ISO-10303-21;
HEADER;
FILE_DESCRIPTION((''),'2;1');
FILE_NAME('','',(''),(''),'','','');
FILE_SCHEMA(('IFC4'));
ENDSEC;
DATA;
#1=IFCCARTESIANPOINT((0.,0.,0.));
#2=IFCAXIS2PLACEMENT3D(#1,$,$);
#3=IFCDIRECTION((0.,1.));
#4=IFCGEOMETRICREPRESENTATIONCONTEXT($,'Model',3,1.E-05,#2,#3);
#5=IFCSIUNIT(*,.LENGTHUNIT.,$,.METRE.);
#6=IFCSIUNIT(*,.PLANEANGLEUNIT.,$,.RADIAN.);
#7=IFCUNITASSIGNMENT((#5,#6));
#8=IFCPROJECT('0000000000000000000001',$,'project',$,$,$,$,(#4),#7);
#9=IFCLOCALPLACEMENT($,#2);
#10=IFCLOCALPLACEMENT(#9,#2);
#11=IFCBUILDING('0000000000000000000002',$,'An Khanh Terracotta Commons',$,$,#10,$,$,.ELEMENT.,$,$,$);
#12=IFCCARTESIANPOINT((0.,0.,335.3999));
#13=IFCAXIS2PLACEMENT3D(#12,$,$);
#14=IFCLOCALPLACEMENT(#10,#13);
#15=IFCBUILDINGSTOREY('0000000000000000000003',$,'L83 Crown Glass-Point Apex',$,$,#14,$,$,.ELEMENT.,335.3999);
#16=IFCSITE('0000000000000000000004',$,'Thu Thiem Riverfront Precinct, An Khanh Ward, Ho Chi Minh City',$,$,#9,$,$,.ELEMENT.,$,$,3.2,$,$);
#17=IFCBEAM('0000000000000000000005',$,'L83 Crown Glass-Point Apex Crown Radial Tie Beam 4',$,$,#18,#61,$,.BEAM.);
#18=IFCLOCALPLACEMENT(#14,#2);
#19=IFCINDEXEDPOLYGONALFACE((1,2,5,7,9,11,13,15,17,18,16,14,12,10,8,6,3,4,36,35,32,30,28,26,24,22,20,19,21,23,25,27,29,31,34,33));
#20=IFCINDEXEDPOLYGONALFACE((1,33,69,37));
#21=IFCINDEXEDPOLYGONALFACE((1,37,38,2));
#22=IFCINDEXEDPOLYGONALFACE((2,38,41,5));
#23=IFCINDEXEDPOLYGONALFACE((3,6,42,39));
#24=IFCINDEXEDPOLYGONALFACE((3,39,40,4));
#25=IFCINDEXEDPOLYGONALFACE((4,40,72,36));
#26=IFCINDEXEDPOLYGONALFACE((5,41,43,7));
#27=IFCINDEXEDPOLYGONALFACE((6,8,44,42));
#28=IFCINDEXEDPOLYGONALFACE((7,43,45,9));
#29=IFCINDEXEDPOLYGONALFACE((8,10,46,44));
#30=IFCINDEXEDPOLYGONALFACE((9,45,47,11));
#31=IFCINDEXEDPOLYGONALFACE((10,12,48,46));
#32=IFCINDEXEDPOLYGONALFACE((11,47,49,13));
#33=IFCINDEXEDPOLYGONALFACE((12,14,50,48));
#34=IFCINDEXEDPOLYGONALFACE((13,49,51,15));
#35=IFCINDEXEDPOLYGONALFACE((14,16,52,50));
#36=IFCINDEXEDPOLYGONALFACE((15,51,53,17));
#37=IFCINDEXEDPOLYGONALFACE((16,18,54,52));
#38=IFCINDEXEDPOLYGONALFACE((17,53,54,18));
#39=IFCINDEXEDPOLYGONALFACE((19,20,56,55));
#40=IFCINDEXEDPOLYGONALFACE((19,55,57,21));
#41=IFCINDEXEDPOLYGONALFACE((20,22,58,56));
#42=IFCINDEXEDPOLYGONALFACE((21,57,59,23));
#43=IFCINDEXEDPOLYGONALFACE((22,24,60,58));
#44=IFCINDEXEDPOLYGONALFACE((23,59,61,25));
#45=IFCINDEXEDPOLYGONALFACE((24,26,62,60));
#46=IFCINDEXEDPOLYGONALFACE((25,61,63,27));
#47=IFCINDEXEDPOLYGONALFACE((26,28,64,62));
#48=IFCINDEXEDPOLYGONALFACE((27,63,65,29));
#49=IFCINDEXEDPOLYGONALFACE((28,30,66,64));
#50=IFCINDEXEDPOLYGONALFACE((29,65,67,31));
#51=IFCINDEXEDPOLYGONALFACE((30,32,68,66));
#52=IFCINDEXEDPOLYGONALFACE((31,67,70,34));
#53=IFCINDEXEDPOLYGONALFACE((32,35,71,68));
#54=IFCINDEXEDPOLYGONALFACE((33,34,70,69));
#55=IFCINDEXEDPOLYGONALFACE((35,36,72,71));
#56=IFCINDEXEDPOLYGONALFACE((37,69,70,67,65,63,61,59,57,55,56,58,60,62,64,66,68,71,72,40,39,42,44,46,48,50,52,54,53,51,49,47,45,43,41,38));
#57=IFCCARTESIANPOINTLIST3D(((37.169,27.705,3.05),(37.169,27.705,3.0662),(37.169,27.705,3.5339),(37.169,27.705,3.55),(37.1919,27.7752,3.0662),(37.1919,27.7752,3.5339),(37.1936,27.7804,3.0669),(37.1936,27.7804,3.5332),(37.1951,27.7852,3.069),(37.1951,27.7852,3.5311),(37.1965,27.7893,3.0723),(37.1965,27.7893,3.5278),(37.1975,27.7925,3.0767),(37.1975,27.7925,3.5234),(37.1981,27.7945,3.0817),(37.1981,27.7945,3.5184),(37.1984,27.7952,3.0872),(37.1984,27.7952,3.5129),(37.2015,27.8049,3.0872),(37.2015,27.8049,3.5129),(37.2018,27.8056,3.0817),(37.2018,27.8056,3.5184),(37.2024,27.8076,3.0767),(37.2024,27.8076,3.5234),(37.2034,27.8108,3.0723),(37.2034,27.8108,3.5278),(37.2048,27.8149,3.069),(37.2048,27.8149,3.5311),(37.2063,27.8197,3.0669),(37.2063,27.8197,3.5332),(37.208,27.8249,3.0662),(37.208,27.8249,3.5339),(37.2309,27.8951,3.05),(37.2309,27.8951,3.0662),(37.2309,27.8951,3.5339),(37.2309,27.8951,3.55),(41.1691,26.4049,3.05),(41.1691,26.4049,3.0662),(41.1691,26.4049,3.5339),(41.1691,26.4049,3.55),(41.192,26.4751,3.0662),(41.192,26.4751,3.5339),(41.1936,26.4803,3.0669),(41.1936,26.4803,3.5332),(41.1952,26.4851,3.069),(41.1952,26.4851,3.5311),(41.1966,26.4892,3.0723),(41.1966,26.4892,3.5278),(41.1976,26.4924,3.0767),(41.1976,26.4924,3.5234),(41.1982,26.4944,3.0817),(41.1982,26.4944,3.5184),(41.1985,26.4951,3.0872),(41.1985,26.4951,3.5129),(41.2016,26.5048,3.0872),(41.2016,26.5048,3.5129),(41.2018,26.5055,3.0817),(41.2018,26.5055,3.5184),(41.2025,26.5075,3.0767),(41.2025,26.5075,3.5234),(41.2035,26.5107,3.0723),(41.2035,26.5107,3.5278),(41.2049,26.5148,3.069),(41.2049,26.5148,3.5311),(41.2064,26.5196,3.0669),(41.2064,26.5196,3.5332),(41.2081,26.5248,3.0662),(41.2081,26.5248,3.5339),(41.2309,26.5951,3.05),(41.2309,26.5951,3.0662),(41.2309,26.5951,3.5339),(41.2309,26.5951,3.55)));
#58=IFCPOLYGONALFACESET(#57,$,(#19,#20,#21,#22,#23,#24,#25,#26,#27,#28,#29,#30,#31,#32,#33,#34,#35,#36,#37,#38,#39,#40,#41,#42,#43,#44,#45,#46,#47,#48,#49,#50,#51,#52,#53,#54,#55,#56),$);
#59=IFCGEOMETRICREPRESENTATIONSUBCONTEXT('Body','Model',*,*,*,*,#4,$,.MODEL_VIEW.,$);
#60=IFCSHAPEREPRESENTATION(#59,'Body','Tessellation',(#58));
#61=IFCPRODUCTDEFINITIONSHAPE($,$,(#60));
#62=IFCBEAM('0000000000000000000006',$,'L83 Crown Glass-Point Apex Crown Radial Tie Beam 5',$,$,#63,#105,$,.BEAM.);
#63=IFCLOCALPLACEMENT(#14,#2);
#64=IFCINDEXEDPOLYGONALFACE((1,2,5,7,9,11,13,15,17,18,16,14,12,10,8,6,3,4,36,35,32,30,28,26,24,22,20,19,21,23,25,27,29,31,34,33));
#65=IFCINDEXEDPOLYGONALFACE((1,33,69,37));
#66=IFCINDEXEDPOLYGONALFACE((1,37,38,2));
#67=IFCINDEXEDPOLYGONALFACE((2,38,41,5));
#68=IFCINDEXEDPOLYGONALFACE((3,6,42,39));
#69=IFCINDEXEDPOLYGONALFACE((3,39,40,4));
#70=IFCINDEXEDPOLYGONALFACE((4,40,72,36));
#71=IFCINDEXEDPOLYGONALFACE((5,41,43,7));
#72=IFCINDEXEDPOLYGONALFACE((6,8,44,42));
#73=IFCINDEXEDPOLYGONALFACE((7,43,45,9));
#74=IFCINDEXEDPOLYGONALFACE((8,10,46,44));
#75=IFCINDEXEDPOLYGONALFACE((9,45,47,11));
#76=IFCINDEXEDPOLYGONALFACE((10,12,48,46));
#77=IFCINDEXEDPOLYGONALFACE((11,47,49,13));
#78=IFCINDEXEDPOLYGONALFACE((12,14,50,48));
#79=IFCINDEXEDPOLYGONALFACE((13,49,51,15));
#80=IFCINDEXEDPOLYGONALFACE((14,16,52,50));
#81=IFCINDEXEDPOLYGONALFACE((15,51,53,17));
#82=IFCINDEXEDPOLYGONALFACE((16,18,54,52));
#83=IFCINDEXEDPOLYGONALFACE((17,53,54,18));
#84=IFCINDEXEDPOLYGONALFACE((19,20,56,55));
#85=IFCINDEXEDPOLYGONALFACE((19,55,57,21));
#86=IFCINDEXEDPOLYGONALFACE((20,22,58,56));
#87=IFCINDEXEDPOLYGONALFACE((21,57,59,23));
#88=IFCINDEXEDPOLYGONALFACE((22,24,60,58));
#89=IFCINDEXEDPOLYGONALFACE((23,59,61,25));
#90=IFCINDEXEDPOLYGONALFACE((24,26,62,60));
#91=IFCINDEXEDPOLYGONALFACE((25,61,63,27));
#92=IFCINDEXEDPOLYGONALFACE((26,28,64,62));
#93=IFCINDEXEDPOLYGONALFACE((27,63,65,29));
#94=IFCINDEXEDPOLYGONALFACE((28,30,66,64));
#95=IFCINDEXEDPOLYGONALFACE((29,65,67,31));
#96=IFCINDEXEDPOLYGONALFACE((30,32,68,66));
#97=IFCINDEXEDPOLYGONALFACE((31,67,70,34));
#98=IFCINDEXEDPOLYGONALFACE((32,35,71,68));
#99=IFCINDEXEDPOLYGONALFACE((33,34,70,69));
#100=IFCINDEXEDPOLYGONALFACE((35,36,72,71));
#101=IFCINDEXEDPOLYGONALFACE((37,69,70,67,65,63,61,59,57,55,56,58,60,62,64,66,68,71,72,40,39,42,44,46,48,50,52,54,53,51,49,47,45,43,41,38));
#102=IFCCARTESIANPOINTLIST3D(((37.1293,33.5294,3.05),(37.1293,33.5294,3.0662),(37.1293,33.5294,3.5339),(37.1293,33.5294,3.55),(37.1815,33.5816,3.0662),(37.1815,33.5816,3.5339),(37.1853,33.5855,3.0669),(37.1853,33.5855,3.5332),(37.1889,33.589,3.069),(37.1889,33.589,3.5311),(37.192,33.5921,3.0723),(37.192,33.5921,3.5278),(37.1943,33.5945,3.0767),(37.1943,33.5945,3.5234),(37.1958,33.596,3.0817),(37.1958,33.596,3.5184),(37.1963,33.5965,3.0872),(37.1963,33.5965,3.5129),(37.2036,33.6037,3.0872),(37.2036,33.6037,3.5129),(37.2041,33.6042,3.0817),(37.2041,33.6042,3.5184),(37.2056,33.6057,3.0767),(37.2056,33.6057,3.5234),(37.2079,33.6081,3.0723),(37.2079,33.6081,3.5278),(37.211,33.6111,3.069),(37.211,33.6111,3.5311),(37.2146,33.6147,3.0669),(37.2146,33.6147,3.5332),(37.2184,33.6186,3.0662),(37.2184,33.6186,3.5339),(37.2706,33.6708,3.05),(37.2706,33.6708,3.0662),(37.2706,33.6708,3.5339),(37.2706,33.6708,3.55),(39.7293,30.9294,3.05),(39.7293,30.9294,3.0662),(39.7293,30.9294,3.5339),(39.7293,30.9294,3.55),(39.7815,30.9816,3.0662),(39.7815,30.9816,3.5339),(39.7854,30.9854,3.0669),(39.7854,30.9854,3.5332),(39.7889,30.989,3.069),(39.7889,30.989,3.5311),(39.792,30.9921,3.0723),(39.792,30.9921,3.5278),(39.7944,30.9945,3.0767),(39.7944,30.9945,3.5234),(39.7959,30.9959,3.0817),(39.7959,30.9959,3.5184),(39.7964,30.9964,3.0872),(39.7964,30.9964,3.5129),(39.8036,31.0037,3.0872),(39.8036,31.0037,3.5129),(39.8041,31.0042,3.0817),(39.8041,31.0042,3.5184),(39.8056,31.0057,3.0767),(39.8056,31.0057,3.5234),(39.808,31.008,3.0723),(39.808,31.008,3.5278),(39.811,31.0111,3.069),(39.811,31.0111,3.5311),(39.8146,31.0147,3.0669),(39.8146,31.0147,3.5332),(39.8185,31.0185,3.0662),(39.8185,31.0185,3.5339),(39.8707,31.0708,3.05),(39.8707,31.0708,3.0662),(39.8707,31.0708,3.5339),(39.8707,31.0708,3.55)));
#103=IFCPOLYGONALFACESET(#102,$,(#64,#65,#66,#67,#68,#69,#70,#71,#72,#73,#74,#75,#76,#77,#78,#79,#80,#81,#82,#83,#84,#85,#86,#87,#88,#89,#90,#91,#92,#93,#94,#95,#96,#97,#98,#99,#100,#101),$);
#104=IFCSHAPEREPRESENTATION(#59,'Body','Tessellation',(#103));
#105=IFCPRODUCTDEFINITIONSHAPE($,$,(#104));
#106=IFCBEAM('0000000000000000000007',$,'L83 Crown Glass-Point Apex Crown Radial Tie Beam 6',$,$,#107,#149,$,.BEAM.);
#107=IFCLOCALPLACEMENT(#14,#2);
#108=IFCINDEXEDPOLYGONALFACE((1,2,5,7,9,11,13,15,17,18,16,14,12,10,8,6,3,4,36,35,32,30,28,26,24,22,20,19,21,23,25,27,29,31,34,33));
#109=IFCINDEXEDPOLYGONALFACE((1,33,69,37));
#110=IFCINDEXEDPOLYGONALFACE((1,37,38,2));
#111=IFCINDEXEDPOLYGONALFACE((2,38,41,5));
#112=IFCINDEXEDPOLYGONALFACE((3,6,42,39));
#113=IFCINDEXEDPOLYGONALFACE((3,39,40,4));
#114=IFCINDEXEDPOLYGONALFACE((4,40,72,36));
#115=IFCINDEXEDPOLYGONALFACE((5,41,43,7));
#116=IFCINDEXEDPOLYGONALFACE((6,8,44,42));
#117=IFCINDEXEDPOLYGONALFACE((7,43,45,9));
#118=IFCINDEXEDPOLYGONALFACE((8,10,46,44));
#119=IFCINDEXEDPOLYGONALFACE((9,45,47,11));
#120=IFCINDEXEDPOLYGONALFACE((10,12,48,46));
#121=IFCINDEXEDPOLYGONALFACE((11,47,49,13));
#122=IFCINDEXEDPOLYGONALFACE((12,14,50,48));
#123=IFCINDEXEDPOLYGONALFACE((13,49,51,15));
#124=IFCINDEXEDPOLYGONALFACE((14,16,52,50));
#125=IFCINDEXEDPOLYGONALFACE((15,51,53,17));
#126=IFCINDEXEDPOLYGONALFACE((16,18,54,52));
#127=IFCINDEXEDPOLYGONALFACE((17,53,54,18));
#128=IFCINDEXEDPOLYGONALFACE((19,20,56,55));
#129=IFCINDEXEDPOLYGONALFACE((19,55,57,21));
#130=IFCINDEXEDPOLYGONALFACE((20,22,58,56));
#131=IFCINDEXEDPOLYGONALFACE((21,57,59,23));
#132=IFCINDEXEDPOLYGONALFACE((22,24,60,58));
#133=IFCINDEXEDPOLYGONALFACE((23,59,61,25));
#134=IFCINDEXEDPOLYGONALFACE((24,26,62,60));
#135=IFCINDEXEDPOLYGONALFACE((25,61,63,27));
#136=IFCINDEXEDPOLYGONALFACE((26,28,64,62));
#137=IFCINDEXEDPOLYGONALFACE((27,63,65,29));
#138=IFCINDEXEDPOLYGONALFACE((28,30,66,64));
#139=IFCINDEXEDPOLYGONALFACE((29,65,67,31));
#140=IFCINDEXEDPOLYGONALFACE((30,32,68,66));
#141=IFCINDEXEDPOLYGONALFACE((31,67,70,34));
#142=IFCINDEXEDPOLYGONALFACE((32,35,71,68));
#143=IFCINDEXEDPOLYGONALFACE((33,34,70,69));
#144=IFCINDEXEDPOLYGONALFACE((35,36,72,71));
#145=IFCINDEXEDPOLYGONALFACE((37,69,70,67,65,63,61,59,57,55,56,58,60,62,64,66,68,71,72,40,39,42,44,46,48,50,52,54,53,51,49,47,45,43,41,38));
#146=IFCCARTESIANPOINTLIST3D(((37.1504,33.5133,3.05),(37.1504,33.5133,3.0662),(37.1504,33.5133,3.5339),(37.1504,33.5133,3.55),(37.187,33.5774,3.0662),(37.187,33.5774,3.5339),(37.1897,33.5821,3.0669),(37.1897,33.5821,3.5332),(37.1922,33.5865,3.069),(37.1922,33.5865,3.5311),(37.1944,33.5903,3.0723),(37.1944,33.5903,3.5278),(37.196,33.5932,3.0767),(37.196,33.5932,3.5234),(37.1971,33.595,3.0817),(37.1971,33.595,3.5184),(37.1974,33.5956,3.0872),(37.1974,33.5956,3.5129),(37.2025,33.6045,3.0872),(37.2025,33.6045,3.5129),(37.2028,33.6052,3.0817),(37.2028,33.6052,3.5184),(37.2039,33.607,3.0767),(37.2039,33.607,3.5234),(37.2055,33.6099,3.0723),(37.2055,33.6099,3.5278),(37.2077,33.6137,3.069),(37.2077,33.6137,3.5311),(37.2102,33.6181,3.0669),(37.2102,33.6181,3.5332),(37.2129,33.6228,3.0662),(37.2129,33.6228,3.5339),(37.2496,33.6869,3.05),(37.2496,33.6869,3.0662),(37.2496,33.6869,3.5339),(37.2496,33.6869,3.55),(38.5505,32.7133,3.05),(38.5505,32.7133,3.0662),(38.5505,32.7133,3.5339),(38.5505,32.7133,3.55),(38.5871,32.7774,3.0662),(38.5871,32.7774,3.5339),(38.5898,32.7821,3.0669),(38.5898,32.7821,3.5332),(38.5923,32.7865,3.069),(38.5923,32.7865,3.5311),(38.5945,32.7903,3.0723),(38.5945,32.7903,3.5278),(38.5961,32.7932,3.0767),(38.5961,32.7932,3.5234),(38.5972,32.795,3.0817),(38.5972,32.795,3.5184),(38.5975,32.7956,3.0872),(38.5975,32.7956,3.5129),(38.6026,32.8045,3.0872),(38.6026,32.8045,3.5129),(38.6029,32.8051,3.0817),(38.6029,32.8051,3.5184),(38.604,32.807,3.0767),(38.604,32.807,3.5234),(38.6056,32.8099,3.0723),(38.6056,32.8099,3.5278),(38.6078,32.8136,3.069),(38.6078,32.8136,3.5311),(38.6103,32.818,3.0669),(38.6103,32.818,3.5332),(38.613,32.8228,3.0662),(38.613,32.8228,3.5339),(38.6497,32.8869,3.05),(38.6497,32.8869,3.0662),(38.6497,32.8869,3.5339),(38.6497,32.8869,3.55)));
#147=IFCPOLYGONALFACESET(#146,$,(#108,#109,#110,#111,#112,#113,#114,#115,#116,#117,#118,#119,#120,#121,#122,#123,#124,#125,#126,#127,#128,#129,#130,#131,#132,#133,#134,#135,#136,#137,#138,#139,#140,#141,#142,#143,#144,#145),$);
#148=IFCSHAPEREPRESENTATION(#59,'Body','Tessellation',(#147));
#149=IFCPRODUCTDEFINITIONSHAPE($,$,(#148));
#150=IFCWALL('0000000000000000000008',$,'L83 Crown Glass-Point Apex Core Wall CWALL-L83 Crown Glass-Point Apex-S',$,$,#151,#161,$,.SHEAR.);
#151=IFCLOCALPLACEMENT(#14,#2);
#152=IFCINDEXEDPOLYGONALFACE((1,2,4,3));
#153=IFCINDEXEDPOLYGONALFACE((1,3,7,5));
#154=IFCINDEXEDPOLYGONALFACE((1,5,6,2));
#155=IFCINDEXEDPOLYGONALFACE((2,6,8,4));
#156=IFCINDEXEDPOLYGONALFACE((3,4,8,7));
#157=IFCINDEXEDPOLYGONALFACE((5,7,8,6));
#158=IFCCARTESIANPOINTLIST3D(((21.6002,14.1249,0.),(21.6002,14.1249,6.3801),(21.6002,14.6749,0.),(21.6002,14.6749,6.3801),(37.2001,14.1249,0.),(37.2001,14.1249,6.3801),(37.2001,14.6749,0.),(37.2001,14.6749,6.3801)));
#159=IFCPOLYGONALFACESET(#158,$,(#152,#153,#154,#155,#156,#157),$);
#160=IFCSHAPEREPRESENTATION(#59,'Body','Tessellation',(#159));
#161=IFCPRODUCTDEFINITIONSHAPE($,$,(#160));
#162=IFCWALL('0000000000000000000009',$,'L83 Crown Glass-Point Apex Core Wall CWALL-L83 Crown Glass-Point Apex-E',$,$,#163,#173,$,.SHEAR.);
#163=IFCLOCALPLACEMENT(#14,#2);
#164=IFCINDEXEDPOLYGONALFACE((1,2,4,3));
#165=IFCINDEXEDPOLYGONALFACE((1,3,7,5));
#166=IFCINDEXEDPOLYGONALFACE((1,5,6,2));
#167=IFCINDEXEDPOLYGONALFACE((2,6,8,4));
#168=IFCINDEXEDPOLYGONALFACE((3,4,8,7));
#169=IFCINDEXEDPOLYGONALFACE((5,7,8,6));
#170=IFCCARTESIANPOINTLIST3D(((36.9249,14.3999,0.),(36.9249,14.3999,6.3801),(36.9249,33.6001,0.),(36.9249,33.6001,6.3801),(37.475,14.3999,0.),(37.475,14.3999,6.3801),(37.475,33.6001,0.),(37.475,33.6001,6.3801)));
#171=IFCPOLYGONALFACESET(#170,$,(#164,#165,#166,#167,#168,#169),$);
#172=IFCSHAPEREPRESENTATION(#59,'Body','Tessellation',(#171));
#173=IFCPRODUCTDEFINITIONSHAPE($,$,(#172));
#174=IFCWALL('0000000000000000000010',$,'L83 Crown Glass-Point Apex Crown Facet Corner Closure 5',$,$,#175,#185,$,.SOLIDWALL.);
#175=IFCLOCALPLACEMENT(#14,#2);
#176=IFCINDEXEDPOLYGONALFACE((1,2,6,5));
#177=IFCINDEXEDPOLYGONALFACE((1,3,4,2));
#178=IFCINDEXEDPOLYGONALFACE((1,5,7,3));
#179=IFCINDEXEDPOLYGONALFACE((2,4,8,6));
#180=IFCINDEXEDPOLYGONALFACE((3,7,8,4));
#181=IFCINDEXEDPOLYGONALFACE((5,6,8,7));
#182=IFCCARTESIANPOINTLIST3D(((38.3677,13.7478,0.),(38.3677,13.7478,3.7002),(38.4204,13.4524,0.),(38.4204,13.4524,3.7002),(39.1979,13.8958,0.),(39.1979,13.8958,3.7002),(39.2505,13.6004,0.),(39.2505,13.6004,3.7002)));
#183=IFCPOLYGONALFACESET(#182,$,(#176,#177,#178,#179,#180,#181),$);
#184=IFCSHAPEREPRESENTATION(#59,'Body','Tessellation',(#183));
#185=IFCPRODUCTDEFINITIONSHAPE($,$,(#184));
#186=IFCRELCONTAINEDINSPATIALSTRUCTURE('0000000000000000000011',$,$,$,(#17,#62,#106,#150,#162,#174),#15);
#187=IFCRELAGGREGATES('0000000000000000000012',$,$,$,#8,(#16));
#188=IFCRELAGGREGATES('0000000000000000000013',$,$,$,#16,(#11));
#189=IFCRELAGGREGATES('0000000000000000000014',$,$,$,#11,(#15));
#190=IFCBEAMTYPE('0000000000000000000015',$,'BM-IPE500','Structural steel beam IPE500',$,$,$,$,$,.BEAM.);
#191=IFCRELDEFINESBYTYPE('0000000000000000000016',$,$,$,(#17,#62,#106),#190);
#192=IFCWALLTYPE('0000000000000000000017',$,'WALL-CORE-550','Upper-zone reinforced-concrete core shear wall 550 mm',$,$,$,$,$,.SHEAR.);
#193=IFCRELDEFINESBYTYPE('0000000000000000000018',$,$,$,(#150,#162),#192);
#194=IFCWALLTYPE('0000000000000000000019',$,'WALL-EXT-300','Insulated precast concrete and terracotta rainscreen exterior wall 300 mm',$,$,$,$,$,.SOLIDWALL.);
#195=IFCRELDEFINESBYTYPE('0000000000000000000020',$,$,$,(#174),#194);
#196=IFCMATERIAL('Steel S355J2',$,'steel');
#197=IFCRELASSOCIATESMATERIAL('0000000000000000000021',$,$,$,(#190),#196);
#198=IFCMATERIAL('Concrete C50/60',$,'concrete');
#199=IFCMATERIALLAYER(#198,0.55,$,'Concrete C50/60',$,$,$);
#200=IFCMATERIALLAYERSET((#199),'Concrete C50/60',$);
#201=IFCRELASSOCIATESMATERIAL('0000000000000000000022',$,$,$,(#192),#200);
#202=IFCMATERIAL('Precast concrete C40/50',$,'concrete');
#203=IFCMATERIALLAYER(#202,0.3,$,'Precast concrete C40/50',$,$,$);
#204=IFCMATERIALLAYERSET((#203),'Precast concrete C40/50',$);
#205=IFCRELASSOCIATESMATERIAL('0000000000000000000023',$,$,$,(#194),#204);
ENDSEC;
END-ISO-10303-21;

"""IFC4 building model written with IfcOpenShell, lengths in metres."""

from ifc_helpers import new_model, si_unit, direction, frame, frame_2d, origin, origin_2d, place, context, subcontext, project, spatial, rectangle, i_section, extrude, material, layer, layer_set, material_profile, profile_set, type_object, element, save


model = new_model("IFC4")

# Units and contexts
model_context = context("Model", 3, precision=1e-05, world=origin(), true_north=direction((0.0, 1.0)))
body_context = subcontext(model_context, "Body", "Model", "MODEL_VIEW")
ifc_project = project(units=[si_unit("LENGTHUNIT", "METRE"), si_unit("PLANEANGLEUNIT", "RADIAN")], contexts=[model_context])

# Site, building, storey
site_placement = place(None, origin())
site = spatial("IfcSite", under=ifc_project, at=site_placement, Name="Thu Thiem Riverfront Precinct, An Khanh Ward, Ho Chi Minh City", CompositionType="ELEMENT", RefElevation=3.2)
building_placement = place(site_placement, origin())
building = spatial("IfcBuilding", under=site, at=building_placement, Name="An Khanh Terracotta Commons", CompositionType="ELEMENT")
storey_placement = place(building_placement, frame((0.0, 0.0, 335.3999)))
storey = spatial("IfcBuildingStorey", under=building, at=storey_placement, Name="L83 Crown Glass-Point Apex", CompositionType="ELEMENT", Elevation=335.3999)

# Shared definitions
ifc_material_1 = material(Name="Concrete C50/60", Category="concrete")

# Beams
ifc_material_2 = material(Name="Steel S355J2", Category="steel")
ifc_material_profile_1 = material_profile(ifc_material_2, i_section(OverallWidth=0.2, OverallDepth=0.5, WebThickness=0.0103, FlangeThickness=0.0161, FilletRadius=0.021, at=origin_2d()), Name="IPE500")
ifc_profile_set_1 = profile_set([ifc_material_profile_1], Name="Steel S355J2")
beam_type_1 = type_object("IfcBeamType", Name="BM-IPE500", Description="Structural steel beam IPE500", PredefinedType="BEAM", material=ifc_profile_set_1)
for number, where, z_axis, x_axis, name in (
    (1, (37.2, 27.8, 3.3), (0.951031, -0.309097, 0.0), (0.309097, 0.951031, 0.0), "L83 Crown Glass-Point Apex Crown Radial Tie Beam 4"),
):
    element("IfcBeam", number, at=place(storey_placement, frame(where, z_axis=z_axis, x_axis=x_axis)), inside=storey, type_object=beam_type_1, Name=name, PredefinedType="BEAM", context=body_context, shape_type="SweptSolid", body=[
        extrude(i_section(OverallWidth=0.2, OverallDepth=0.5, WebThickness=0.0103, FlangeThickness=0.0161, FilletRadius=0.021, at=origin_2d()), origin(), (0.0, 0.0, 1.0), 4.2061),
    ])
beam_1_placement = place(storey_placement, frame((37.2, 33.6001, 3.3), z_axis=(0.707107, -0.707107, 0.0), x_axis=(0.707107, 0.707107, 0.0)))
element("IfcBeam", 2, at=beam_1_placement, inside=storey, type_object=beam_type_1, Name="L83 Crown Glass-Point Apex Crown Radial Tie Beam 5", PredefinedType="BEAM", context=body_context, shape_type="SweptSolid", body=[
    extrude(i_section(OverallWidth=0.2, OverallDepth=0.5, WebThickness=0.0103, FlangeThickness=0.0161, FilletRadius=0.021, at=origin_2d()), origin(), (0.0, 0.0, 1.0), 3.677),
])
beam_2_placement = place(storey_placement, frame((37.2, 33.6001, 3.3), z_axis=(0.868252, -0.496123, 0.0), x_axis=(0.496123, 0.868252, 0.0)))
element("IfcBeam", 3, at=beam_2_placement, inside=storey, type_object=beam_type_1, Name="L83 Crown Glass-Point Apex Crown Radial Tie Beam 6", PredefinedType="BEAM", context=body_context, shape_type="SweptSolid", body=[
    extrude(i_section(OverallWidth=0.2, OverallDepth=0.5, WebThickness=0.0103, FlangeThickness=0.0161, FilletRadius=0.021, at=origin_2d()), origin(), (0.0, 0.0, 1.0), 1.6125),
])

# Walls
ifc_layer_1 = layer(ifc_material_1, 0.55, Name="Concrete C50/60")
ifc_layer_set_1 = layer_set([ifc_layer_1], Name="Concrete C50/60")
wall_type_1 = type_object("IfcWallType", Name="WALL-CORE-550", Description="Upper-zone reinforced-concrete core shear wall 550 mm", PredefinedType="SHEAR", material=ifc_layer_set_1)
wall_1_placement = place(storey_placement, frame((37.2, 14.3999, 0.0), z_axis=(0.0, 0.0, 1.0), x_axis=(-1.0, 0.0, 0.0)))
element("IfcWall", 4, at=wall_1_placement, inside=storey, type_object=wall_type_1, Name="L83 Crown Glass-Point Apex Core Wall CWALL-L83 Crown Glass-Point Apex-S", PredefinedType="SHEAR", context=body_context, shape_type="SweptSolid", body=[
    extrude(rectangle(XDim=15.5999, YDim=0.55, at=frame_2d((7.7998, 0.0))), origin(), (0.0, 0.0, 1.0), 6.3801),
])
wall_2_placement = place(storey_placement, frame((37.2, 14.3999, 0.0), z_axis=(0.0, 0.0, 1.0), x_axis=(0.0, 1.0, 0.0)))
element("IfcWall", 5, at=wall_2_placement, inside=storey, type_object=wall_type_1, Name="L83 Crown Glass-Point Apex Core Wall CWALL-L83 Crown Glass-Point Apex-E", PredefinedType="SHEAR", context=body_context, shape_type="SweptSolid", body=[
    extrude(rectangle(XDim=19.2002, YDim=0.55, at=frame_2d((9.6001, 0.0))), origin(), (0.0, 0.0, 1.0), 6.3801),
])
ifc_material_3 = material(Name="Precast concrete C40/50", Category="concrete")
ifc_layer_2 = layer(ifc_material_3, 0.3, Name="Precast concrete C40/50")
ifc_layer_set_2 = layer_set([ifc_layer_2], Name="Precast concrete C40/50")
wall_type_2 = type_object("IfcWallType", Name="WALL-EXT-300", Description="Insulated precast concrete and terracotta rainscreen exterior wall 300 mm", PredefinedType="SOLIDWALL", material=ifc_layer_set_2)
wall_3_placement = place(storey_placement, frame((38.394, 13.6001, 0.0), z_axis=(0.0, 0.0, 1.0), x_axis=(0.984485, 0.17547, 0.0)))
element("IfcWall", 6, at=wall_3_placement, inside=storey, type_object=wall_type_2, Name="L83 Crown Glass-Point Apex Crown Facet Corner Closure 5", PredefinedType="SOLIDWALL", context=body_context, shape_type="SweptSolid", body=[
    extrude(rectangle(XDim=0.8433, YDim=0.3, at=frame_2d((0.4216, 0.0))), origin(), (0.0, 0.0, 1.0), 3.7002),
])

save(model, "model.ifc")
